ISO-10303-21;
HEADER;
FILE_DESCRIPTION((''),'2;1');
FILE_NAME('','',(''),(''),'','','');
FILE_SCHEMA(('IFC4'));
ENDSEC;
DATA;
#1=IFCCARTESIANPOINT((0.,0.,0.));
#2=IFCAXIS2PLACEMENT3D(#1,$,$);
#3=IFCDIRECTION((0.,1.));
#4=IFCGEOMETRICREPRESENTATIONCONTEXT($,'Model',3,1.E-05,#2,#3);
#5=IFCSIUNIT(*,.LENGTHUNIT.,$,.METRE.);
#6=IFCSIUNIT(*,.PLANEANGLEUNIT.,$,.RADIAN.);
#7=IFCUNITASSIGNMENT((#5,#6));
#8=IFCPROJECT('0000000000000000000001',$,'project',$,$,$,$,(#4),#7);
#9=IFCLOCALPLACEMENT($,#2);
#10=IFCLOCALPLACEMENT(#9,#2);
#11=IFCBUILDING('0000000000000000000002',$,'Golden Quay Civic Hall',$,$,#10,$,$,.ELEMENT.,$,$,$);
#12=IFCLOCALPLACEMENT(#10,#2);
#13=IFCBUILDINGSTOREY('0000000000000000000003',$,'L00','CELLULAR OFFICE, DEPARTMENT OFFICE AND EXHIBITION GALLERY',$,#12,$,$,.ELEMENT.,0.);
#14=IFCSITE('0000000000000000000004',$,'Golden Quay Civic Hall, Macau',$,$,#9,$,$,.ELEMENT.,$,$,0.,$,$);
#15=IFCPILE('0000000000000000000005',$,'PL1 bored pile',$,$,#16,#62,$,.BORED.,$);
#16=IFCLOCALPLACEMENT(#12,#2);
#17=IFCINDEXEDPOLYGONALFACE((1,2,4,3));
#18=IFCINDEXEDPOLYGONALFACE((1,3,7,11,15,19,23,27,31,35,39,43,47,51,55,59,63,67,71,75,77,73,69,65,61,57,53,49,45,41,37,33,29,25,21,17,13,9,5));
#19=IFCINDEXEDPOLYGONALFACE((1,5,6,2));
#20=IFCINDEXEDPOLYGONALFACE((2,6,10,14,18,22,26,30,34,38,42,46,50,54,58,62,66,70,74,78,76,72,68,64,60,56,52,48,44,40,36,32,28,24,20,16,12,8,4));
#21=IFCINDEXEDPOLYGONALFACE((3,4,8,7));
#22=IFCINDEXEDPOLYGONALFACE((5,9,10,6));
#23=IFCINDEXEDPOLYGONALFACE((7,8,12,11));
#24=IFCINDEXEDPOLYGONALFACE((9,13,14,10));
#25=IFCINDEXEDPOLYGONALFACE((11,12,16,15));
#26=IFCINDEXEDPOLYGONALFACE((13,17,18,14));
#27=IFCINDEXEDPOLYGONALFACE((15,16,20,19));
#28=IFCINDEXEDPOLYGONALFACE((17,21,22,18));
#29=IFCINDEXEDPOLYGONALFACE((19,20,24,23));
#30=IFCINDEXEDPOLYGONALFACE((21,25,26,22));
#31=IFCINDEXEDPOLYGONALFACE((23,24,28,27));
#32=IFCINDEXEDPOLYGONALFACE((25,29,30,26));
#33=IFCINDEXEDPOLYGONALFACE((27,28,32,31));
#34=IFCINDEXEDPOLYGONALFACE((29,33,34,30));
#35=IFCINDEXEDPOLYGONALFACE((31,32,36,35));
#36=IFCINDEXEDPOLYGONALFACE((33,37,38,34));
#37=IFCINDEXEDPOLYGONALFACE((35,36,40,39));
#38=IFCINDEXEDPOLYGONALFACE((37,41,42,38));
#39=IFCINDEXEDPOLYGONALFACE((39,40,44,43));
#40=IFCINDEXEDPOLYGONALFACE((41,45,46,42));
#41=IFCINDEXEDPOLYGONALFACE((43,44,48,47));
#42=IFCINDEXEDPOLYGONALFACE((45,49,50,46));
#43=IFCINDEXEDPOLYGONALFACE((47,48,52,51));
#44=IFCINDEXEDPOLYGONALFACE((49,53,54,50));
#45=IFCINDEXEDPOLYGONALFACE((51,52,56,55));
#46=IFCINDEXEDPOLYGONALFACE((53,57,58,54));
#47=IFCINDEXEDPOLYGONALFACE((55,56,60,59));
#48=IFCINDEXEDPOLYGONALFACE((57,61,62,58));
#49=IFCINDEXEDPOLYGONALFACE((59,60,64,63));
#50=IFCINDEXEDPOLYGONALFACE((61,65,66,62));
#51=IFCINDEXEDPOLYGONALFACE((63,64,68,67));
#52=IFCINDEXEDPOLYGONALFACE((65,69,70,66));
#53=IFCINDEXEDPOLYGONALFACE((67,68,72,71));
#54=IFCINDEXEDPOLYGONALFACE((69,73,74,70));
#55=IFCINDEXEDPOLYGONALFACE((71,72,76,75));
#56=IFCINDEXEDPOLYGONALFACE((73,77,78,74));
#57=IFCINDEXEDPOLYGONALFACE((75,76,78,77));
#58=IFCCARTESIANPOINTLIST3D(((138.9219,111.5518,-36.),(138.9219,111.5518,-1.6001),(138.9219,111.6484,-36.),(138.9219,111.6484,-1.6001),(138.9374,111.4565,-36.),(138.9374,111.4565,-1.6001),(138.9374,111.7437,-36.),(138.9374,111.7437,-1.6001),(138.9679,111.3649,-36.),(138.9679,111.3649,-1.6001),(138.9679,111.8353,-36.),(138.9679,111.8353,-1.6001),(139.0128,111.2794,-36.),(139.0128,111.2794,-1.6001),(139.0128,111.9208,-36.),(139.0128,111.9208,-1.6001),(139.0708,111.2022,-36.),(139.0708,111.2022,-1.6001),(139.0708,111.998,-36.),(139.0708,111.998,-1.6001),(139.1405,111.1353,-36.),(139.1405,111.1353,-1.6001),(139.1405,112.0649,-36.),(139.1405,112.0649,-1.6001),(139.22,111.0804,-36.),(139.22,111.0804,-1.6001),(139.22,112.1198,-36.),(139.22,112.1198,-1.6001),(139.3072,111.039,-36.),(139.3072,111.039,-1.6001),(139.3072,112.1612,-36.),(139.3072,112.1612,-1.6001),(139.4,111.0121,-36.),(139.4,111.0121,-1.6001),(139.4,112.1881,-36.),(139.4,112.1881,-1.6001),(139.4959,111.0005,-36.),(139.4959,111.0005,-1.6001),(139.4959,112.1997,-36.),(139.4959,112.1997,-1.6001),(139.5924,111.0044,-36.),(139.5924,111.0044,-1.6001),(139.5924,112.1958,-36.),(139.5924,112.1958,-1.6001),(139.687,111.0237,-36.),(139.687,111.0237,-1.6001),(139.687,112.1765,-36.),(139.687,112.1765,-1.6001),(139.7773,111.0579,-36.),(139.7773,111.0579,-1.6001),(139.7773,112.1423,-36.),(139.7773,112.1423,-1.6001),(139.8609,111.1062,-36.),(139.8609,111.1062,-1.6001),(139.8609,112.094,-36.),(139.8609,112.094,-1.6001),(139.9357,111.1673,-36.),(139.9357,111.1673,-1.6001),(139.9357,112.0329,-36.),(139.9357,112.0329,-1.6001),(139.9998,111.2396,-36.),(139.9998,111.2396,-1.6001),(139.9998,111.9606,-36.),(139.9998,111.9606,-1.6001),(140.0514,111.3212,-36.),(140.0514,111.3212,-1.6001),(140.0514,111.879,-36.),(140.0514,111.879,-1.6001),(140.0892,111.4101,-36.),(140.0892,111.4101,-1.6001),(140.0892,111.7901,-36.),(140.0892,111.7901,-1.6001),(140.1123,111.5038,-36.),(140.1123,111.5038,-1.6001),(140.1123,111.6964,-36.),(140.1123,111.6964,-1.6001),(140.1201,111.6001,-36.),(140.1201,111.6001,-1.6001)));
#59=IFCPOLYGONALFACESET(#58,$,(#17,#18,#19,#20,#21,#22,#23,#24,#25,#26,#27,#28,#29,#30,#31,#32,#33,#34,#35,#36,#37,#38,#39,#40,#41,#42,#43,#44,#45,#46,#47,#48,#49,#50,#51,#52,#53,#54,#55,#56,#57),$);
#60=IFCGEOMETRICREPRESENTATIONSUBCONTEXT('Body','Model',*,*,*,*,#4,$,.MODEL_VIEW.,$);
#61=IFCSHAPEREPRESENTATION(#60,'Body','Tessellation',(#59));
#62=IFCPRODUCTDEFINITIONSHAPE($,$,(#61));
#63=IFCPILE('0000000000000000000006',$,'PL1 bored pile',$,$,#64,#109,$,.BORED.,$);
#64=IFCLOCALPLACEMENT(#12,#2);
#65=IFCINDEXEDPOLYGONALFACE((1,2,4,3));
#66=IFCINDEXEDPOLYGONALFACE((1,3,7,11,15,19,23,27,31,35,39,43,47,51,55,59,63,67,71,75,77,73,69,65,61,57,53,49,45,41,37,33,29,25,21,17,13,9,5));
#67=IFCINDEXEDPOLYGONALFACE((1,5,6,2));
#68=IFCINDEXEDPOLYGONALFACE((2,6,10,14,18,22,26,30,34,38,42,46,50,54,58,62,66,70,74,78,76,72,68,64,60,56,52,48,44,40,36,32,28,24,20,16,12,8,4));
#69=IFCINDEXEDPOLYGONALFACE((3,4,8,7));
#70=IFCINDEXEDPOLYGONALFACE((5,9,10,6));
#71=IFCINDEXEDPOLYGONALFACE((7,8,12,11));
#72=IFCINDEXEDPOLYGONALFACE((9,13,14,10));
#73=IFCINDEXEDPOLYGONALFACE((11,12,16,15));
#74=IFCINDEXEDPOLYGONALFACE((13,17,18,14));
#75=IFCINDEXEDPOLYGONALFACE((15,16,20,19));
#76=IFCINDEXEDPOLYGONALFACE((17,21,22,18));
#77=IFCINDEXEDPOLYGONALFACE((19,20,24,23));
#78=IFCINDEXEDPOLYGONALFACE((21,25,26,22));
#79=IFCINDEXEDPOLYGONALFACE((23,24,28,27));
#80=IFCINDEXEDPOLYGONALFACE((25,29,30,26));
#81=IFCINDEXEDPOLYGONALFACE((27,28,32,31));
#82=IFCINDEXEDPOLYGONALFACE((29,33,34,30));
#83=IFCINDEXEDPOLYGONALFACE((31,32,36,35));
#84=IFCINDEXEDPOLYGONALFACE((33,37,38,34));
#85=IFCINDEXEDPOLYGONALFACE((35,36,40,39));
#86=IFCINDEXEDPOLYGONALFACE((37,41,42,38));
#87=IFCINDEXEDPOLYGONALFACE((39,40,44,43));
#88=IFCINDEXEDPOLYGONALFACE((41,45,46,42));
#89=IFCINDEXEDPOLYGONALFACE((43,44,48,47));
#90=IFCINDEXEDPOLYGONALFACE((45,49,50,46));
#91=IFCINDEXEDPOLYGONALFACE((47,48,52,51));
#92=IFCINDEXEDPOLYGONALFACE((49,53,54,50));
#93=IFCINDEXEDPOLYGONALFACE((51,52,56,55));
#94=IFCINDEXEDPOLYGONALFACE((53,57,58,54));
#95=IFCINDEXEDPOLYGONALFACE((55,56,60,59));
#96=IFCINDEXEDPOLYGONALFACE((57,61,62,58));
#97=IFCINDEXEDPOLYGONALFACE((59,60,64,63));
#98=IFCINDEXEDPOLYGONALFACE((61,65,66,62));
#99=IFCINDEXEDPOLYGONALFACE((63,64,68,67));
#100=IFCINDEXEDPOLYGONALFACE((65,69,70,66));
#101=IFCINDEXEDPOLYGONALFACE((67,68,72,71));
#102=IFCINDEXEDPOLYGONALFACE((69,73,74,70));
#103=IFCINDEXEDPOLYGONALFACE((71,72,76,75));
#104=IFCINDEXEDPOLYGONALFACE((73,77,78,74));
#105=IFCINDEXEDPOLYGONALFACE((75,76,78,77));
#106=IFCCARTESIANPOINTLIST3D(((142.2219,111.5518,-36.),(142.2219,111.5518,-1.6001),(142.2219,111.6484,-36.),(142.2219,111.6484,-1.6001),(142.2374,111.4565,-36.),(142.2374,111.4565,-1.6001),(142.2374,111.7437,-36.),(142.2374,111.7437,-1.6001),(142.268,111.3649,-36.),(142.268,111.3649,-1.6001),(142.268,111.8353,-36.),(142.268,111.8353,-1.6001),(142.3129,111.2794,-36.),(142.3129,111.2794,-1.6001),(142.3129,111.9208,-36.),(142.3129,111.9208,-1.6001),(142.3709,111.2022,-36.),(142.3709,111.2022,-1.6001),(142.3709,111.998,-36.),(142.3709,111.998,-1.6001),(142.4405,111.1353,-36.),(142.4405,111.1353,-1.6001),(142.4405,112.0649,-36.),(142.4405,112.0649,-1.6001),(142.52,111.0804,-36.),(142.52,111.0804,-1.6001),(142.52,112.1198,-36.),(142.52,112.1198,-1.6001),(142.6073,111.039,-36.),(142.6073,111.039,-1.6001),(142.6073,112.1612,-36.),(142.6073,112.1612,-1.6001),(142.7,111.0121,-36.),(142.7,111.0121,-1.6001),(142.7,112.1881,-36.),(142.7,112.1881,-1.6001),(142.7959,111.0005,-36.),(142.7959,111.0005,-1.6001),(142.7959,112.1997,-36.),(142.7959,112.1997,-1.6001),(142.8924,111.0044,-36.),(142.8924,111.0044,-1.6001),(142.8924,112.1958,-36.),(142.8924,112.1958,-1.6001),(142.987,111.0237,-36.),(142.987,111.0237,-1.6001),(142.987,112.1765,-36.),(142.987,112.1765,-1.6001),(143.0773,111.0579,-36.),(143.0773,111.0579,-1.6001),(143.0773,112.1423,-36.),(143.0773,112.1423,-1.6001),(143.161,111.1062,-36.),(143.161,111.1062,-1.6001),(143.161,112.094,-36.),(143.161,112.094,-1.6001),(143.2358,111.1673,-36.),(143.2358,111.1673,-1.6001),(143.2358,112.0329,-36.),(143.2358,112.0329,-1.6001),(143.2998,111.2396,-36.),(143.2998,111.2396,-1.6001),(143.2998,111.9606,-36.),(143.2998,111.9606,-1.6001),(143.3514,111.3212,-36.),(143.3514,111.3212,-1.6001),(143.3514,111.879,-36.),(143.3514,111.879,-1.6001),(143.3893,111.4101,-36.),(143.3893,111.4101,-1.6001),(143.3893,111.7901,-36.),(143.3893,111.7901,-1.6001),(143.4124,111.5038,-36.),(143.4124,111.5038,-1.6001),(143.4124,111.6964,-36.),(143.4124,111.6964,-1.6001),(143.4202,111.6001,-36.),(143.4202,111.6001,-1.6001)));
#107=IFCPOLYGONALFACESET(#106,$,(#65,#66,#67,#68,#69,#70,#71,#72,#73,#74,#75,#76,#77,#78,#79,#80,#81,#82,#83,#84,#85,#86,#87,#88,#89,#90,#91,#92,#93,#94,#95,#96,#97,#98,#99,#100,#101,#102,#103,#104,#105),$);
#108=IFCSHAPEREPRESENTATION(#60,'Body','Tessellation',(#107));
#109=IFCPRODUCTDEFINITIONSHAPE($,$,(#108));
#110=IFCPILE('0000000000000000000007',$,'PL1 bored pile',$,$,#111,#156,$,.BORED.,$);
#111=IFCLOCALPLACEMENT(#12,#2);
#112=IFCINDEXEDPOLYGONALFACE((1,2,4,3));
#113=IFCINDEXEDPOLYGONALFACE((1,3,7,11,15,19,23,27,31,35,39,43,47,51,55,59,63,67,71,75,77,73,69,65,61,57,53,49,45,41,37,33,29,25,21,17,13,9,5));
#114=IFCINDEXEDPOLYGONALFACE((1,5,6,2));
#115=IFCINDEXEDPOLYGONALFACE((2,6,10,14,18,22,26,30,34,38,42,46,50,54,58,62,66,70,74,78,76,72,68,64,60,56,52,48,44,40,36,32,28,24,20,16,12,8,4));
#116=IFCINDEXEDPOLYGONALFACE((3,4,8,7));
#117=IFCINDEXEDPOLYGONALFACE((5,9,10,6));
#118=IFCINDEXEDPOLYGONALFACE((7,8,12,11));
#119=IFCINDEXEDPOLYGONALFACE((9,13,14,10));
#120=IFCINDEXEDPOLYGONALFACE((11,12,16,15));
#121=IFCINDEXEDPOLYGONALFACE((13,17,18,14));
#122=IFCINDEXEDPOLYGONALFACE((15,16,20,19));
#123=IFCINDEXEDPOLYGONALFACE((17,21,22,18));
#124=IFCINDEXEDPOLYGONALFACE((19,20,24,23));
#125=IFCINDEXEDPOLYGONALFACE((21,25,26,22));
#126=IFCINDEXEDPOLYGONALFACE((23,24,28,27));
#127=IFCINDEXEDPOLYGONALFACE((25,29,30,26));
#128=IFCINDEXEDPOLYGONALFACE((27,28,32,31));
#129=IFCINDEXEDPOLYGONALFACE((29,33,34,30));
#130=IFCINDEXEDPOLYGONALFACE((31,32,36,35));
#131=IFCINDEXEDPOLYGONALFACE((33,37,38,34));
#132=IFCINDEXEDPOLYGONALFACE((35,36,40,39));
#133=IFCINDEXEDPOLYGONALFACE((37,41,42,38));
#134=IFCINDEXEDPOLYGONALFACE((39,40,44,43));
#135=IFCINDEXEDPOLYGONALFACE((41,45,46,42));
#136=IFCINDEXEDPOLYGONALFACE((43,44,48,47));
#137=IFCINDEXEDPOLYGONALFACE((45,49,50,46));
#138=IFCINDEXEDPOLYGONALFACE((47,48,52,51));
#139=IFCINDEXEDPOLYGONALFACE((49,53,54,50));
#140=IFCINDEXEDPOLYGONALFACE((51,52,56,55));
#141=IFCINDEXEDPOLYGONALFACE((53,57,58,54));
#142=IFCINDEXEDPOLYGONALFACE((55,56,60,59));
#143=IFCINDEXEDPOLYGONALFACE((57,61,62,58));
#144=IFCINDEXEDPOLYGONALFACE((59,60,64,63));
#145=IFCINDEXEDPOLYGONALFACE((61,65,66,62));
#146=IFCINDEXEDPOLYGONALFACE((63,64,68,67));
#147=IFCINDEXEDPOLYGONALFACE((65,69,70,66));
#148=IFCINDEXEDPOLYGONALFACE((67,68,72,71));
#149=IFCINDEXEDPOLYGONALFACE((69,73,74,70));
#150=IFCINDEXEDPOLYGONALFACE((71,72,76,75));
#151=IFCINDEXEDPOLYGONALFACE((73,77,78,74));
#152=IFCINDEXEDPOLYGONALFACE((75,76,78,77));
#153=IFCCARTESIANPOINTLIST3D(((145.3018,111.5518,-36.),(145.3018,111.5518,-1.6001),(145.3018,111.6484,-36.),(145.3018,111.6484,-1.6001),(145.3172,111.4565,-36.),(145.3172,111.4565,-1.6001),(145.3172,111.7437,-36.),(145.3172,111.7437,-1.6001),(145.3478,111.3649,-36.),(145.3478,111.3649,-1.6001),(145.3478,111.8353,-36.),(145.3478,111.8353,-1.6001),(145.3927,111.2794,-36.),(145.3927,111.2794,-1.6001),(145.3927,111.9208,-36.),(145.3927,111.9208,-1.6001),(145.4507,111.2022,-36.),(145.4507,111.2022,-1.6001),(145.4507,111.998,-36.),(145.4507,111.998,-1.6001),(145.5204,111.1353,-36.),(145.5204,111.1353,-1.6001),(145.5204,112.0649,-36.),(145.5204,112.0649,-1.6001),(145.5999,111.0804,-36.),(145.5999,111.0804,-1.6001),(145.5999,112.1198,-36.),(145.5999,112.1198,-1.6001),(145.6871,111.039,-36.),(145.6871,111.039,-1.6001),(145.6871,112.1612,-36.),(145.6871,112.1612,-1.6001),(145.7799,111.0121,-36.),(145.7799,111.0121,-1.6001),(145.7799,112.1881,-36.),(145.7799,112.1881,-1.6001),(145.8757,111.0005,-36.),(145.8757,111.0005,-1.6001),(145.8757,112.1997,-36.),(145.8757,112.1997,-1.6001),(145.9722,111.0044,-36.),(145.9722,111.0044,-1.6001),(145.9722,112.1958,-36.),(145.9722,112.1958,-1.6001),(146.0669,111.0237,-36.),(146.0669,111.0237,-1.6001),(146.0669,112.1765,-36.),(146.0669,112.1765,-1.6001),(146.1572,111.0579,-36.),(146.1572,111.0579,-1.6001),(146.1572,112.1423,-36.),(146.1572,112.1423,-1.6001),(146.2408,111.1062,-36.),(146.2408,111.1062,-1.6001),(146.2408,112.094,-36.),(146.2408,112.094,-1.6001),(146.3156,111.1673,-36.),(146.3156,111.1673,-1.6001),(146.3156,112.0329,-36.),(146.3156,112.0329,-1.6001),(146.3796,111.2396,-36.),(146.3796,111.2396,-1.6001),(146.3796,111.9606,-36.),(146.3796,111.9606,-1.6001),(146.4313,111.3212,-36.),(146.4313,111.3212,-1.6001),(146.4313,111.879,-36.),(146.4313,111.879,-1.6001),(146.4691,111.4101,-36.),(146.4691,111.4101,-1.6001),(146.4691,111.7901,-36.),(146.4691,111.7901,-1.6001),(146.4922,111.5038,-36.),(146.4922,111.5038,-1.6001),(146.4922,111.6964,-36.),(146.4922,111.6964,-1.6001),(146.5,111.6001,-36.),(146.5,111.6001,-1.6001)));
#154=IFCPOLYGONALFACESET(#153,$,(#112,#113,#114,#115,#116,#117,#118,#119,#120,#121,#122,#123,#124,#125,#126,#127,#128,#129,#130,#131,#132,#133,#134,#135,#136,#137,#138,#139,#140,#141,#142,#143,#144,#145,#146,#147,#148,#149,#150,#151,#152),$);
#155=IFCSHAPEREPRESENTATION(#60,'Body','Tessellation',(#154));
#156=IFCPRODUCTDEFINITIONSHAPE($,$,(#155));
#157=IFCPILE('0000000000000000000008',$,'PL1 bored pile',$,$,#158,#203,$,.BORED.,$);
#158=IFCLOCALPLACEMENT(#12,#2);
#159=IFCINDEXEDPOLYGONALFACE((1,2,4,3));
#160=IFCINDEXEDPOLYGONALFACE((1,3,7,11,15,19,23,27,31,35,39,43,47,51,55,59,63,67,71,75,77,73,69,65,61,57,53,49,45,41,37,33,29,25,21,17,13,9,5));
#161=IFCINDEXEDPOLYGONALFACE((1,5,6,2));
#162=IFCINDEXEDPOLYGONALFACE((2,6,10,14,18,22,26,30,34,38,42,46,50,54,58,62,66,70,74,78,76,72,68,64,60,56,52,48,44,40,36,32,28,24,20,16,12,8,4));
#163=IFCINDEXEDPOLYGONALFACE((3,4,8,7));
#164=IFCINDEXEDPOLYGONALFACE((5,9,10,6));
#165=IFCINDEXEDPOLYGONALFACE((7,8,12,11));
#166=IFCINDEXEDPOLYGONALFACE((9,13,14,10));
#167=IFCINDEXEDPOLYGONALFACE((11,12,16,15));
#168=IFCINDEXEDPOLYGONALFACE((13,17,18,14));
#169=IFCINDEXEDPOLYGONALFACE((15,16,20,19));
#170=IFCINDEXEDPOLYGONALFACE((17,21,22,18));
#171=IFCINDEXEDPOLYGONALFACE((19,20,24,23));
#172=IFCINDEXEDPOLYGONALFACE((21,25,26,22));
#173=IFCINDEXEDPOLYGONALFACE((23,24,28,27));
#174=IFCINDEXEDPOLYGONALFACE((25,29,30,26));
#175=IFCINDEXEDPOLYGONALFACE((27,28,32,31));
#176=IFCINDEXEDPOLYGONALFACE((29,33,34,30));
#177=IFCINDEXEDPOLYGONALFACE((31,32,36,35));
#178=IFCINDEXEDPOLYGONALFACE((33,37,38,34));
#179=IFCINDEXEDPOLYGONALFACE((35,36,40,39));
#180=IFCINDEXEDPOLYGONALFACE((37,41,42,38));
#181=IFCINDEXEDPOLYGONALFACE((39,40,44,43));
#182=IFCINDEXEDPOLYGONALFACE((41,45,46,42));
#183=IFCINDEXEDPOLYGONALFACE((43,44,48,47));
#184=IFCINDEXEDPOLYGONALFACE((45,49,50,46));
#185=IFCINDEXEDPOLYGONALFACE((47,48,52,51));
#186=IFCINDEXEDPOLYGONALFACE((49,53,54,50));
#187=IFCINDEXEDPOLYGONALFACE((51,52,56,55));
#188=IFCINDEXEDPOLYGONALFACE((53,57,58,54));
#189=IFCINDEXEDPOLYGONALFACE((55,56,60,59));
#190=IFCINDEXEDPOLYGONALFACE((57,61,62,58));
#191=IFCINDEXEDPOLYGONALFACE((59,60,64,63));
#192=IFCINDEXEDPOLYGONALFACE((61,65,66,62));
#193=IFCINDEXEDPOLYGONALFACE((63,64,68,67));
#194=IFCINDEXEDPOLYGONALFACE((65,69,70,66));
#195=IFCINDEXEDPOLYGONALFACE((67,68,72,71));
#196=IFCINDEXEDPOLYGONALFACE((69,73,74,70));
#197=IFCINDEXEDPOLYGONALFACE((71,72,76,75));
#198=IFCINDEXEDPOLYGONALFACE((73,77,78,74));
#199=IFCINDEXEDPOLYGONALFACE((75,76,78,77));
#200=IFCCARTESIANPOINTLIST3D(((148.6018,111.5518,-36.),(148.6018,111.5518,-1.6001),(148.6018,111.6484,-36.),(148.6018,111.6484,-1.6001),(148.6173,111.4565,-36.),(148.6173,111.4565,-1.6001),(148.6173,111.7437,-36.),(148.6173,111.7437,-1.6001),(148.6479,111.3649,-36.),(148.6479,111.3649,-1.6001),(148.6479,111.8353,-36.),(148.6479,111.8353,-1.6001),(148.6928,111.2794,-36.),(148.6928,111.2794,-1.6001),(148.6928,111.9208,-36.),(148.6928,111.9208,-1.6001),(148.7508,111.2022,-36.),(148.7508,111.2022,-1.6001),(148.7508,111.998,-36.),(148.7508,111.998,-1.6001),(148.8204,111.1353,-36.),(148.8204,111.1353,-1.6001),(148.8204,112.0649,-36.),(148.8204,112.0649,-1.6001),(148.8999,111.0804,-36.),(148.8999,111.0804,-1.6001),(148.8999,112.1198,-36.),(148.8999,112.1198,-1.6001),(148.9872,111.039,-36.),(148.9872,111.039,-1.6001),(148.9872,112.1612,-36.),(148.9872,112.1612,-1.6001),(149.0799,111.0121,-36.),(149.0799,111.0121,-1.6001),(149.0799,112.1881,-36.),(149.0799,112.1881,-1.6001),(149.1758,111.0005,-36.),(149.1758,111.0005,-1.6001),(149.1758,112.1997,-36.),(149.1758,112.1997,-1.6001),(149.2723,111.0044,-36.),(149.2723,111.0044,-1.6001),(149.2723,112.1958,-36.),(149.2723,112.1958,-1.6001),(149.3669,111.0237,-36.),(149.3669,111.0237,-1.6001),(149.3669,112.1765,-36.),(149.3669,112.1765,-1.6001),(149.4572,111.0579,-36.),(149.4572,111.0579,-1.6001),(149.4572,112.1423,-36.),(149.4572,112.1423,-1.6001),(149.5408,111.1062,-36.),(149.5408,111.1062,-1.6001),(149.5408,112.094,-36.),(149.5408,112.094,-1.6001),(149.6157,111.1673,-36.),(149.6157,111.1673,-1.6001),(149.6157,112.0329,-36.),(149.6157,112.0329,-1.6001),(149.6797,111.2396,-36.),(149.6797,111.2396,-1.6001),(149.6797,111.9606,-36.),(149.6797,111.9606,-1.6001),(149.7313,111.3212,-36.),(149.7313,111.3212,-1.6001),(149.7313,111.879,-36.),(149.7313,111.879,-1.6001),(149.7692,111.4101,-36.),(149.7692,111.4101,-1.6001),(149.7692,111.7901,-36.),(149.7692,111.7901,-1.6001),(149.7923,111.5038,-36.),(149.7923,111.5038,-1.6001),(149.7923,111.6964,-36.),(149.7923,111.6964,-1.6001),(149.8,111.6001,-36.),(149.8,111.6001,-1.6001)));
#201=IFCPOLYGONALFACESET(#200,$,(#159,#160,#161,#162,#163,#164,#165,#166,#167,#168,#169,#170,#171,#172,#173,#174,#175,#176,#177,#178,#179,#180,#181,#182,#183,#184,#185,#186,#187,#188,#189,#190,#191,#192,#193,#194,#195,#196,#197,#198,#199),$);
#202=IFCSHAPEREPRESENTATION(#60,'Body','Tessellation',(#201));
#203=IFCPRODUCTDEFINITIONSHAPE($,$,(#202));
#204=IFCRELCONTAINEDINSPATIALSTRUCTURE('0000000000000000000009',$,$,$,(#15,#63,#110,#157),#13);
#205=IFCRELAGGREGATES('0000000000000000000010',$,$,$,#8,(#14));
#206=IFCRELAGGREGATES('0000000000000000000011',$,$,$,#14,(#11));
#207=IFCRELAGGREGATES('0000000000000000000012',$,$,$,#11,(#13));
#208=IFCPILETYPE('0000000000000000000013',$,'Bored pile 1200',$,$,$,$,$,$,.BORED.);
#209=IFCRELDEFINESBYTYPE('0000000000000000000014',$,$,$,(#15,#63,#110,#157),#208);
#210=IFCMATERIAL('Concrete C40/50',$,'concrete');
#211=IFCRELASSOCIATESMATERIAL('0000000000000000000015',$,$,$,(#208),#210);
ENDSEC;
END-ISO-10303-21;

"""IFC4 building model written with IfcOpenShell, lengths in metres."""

from ifc_helpers import new_model, si_unit, direction, frame, origin, origin_2d, place, context, subcontext, project, spatial, circle, extrude, material, material_profile, profile_set, type_object, element, save


model = new_model("IFC4")

# Units and contexts
model_context = context("Model", 3, precision=1e-05, world=origin(), true_north=direction((0.0, 1.0)))
body_context = subcontext(model_context, "Body", "Model", "MODEL_VIEW")
ifc_project = project(units=[si_unit("LENGTHUNIT", "METRE"), si_unit("PLANEANGLEUNIT", "RADIAN")], contexts=[model_context])

# Site, building, storey
site_placement = place(None, origin())
site = spatial("IfcSite", under=ifc_project, at=site_placement, Name="Golden Quay Civic Hall, Macau", CompositionType="ELEMENT", RefElevation=0.0)
building_placement = place(site_placement, origin())
building = spatial("IfcBuilding", under=site, at=building_placement, Name="Golden Quay Civic Hall", CompositionType="ELEMENT")
storey_placement = place(building_placement, origin())
storey = spatial("IfcBuildingStorey", under=building, at=storey_placement, Name="L00", Description="CELLULAR OFFICE, DEPARTMENT OFFICE AND EXHIBITION GALLERY", CompositionType="ELEMENT", Elevation=0.0)

# Piles
ifc_material_1 = material(Name="Concrete C40/50", Category="concrete")
ifc_material_profile_1 = material_profile(ifc_material_1, circle(Radius=0.6001, at=origin_2d()), Name="RC D1200")
ifc_profile_set_1 = profile_set([ifc_material_profile_1], Name="Concrete C40/50")
pile_type = type_object("IfcPileType", Name="Bored pile 1200", PredefinedType="BORED", material=ifc_profile_set_1)
for number, where, z_axis, x_axis, name in (
    (1, (139.52, 111.6001, -1.6001), (0.0, 0.0, -1.0), (1.0, 0.0, 0.0), "PL1 bored pile"),
    (2, (142.8201, 111.6001, -1.6001), (0.0, 0.0, -1.0), (1.0, 0.0, 0.0), "PL1 bored pile"),
    (3, (145.8999, 111.6001, -1.6001), (0.0, 0.0, -1.0), (1.0, 0.0, 0.0), "PL1 bored pile"),
    (4, (149.2, 111.6001, -1.6001), (0.0, 0.0, -1.0), (1.0, 0.0, 0.0), "PL1 bored pile"),
):
    element("IfcPile", number, at=place(storey_placement, frame(where, z_axis=z_axis, x_axis=x_axis)), inside=storey, type_object=pile_type, Name=name, PredefinedType="BORED", context=body_context, shape_type="SweptSolid", body=[
        extrude(circle(Radius=0.6001, at=origin_2d()), origin(), (0.0, 0.0, 1.0), 34.3999),
    ])

save(model, "model.ifc")
